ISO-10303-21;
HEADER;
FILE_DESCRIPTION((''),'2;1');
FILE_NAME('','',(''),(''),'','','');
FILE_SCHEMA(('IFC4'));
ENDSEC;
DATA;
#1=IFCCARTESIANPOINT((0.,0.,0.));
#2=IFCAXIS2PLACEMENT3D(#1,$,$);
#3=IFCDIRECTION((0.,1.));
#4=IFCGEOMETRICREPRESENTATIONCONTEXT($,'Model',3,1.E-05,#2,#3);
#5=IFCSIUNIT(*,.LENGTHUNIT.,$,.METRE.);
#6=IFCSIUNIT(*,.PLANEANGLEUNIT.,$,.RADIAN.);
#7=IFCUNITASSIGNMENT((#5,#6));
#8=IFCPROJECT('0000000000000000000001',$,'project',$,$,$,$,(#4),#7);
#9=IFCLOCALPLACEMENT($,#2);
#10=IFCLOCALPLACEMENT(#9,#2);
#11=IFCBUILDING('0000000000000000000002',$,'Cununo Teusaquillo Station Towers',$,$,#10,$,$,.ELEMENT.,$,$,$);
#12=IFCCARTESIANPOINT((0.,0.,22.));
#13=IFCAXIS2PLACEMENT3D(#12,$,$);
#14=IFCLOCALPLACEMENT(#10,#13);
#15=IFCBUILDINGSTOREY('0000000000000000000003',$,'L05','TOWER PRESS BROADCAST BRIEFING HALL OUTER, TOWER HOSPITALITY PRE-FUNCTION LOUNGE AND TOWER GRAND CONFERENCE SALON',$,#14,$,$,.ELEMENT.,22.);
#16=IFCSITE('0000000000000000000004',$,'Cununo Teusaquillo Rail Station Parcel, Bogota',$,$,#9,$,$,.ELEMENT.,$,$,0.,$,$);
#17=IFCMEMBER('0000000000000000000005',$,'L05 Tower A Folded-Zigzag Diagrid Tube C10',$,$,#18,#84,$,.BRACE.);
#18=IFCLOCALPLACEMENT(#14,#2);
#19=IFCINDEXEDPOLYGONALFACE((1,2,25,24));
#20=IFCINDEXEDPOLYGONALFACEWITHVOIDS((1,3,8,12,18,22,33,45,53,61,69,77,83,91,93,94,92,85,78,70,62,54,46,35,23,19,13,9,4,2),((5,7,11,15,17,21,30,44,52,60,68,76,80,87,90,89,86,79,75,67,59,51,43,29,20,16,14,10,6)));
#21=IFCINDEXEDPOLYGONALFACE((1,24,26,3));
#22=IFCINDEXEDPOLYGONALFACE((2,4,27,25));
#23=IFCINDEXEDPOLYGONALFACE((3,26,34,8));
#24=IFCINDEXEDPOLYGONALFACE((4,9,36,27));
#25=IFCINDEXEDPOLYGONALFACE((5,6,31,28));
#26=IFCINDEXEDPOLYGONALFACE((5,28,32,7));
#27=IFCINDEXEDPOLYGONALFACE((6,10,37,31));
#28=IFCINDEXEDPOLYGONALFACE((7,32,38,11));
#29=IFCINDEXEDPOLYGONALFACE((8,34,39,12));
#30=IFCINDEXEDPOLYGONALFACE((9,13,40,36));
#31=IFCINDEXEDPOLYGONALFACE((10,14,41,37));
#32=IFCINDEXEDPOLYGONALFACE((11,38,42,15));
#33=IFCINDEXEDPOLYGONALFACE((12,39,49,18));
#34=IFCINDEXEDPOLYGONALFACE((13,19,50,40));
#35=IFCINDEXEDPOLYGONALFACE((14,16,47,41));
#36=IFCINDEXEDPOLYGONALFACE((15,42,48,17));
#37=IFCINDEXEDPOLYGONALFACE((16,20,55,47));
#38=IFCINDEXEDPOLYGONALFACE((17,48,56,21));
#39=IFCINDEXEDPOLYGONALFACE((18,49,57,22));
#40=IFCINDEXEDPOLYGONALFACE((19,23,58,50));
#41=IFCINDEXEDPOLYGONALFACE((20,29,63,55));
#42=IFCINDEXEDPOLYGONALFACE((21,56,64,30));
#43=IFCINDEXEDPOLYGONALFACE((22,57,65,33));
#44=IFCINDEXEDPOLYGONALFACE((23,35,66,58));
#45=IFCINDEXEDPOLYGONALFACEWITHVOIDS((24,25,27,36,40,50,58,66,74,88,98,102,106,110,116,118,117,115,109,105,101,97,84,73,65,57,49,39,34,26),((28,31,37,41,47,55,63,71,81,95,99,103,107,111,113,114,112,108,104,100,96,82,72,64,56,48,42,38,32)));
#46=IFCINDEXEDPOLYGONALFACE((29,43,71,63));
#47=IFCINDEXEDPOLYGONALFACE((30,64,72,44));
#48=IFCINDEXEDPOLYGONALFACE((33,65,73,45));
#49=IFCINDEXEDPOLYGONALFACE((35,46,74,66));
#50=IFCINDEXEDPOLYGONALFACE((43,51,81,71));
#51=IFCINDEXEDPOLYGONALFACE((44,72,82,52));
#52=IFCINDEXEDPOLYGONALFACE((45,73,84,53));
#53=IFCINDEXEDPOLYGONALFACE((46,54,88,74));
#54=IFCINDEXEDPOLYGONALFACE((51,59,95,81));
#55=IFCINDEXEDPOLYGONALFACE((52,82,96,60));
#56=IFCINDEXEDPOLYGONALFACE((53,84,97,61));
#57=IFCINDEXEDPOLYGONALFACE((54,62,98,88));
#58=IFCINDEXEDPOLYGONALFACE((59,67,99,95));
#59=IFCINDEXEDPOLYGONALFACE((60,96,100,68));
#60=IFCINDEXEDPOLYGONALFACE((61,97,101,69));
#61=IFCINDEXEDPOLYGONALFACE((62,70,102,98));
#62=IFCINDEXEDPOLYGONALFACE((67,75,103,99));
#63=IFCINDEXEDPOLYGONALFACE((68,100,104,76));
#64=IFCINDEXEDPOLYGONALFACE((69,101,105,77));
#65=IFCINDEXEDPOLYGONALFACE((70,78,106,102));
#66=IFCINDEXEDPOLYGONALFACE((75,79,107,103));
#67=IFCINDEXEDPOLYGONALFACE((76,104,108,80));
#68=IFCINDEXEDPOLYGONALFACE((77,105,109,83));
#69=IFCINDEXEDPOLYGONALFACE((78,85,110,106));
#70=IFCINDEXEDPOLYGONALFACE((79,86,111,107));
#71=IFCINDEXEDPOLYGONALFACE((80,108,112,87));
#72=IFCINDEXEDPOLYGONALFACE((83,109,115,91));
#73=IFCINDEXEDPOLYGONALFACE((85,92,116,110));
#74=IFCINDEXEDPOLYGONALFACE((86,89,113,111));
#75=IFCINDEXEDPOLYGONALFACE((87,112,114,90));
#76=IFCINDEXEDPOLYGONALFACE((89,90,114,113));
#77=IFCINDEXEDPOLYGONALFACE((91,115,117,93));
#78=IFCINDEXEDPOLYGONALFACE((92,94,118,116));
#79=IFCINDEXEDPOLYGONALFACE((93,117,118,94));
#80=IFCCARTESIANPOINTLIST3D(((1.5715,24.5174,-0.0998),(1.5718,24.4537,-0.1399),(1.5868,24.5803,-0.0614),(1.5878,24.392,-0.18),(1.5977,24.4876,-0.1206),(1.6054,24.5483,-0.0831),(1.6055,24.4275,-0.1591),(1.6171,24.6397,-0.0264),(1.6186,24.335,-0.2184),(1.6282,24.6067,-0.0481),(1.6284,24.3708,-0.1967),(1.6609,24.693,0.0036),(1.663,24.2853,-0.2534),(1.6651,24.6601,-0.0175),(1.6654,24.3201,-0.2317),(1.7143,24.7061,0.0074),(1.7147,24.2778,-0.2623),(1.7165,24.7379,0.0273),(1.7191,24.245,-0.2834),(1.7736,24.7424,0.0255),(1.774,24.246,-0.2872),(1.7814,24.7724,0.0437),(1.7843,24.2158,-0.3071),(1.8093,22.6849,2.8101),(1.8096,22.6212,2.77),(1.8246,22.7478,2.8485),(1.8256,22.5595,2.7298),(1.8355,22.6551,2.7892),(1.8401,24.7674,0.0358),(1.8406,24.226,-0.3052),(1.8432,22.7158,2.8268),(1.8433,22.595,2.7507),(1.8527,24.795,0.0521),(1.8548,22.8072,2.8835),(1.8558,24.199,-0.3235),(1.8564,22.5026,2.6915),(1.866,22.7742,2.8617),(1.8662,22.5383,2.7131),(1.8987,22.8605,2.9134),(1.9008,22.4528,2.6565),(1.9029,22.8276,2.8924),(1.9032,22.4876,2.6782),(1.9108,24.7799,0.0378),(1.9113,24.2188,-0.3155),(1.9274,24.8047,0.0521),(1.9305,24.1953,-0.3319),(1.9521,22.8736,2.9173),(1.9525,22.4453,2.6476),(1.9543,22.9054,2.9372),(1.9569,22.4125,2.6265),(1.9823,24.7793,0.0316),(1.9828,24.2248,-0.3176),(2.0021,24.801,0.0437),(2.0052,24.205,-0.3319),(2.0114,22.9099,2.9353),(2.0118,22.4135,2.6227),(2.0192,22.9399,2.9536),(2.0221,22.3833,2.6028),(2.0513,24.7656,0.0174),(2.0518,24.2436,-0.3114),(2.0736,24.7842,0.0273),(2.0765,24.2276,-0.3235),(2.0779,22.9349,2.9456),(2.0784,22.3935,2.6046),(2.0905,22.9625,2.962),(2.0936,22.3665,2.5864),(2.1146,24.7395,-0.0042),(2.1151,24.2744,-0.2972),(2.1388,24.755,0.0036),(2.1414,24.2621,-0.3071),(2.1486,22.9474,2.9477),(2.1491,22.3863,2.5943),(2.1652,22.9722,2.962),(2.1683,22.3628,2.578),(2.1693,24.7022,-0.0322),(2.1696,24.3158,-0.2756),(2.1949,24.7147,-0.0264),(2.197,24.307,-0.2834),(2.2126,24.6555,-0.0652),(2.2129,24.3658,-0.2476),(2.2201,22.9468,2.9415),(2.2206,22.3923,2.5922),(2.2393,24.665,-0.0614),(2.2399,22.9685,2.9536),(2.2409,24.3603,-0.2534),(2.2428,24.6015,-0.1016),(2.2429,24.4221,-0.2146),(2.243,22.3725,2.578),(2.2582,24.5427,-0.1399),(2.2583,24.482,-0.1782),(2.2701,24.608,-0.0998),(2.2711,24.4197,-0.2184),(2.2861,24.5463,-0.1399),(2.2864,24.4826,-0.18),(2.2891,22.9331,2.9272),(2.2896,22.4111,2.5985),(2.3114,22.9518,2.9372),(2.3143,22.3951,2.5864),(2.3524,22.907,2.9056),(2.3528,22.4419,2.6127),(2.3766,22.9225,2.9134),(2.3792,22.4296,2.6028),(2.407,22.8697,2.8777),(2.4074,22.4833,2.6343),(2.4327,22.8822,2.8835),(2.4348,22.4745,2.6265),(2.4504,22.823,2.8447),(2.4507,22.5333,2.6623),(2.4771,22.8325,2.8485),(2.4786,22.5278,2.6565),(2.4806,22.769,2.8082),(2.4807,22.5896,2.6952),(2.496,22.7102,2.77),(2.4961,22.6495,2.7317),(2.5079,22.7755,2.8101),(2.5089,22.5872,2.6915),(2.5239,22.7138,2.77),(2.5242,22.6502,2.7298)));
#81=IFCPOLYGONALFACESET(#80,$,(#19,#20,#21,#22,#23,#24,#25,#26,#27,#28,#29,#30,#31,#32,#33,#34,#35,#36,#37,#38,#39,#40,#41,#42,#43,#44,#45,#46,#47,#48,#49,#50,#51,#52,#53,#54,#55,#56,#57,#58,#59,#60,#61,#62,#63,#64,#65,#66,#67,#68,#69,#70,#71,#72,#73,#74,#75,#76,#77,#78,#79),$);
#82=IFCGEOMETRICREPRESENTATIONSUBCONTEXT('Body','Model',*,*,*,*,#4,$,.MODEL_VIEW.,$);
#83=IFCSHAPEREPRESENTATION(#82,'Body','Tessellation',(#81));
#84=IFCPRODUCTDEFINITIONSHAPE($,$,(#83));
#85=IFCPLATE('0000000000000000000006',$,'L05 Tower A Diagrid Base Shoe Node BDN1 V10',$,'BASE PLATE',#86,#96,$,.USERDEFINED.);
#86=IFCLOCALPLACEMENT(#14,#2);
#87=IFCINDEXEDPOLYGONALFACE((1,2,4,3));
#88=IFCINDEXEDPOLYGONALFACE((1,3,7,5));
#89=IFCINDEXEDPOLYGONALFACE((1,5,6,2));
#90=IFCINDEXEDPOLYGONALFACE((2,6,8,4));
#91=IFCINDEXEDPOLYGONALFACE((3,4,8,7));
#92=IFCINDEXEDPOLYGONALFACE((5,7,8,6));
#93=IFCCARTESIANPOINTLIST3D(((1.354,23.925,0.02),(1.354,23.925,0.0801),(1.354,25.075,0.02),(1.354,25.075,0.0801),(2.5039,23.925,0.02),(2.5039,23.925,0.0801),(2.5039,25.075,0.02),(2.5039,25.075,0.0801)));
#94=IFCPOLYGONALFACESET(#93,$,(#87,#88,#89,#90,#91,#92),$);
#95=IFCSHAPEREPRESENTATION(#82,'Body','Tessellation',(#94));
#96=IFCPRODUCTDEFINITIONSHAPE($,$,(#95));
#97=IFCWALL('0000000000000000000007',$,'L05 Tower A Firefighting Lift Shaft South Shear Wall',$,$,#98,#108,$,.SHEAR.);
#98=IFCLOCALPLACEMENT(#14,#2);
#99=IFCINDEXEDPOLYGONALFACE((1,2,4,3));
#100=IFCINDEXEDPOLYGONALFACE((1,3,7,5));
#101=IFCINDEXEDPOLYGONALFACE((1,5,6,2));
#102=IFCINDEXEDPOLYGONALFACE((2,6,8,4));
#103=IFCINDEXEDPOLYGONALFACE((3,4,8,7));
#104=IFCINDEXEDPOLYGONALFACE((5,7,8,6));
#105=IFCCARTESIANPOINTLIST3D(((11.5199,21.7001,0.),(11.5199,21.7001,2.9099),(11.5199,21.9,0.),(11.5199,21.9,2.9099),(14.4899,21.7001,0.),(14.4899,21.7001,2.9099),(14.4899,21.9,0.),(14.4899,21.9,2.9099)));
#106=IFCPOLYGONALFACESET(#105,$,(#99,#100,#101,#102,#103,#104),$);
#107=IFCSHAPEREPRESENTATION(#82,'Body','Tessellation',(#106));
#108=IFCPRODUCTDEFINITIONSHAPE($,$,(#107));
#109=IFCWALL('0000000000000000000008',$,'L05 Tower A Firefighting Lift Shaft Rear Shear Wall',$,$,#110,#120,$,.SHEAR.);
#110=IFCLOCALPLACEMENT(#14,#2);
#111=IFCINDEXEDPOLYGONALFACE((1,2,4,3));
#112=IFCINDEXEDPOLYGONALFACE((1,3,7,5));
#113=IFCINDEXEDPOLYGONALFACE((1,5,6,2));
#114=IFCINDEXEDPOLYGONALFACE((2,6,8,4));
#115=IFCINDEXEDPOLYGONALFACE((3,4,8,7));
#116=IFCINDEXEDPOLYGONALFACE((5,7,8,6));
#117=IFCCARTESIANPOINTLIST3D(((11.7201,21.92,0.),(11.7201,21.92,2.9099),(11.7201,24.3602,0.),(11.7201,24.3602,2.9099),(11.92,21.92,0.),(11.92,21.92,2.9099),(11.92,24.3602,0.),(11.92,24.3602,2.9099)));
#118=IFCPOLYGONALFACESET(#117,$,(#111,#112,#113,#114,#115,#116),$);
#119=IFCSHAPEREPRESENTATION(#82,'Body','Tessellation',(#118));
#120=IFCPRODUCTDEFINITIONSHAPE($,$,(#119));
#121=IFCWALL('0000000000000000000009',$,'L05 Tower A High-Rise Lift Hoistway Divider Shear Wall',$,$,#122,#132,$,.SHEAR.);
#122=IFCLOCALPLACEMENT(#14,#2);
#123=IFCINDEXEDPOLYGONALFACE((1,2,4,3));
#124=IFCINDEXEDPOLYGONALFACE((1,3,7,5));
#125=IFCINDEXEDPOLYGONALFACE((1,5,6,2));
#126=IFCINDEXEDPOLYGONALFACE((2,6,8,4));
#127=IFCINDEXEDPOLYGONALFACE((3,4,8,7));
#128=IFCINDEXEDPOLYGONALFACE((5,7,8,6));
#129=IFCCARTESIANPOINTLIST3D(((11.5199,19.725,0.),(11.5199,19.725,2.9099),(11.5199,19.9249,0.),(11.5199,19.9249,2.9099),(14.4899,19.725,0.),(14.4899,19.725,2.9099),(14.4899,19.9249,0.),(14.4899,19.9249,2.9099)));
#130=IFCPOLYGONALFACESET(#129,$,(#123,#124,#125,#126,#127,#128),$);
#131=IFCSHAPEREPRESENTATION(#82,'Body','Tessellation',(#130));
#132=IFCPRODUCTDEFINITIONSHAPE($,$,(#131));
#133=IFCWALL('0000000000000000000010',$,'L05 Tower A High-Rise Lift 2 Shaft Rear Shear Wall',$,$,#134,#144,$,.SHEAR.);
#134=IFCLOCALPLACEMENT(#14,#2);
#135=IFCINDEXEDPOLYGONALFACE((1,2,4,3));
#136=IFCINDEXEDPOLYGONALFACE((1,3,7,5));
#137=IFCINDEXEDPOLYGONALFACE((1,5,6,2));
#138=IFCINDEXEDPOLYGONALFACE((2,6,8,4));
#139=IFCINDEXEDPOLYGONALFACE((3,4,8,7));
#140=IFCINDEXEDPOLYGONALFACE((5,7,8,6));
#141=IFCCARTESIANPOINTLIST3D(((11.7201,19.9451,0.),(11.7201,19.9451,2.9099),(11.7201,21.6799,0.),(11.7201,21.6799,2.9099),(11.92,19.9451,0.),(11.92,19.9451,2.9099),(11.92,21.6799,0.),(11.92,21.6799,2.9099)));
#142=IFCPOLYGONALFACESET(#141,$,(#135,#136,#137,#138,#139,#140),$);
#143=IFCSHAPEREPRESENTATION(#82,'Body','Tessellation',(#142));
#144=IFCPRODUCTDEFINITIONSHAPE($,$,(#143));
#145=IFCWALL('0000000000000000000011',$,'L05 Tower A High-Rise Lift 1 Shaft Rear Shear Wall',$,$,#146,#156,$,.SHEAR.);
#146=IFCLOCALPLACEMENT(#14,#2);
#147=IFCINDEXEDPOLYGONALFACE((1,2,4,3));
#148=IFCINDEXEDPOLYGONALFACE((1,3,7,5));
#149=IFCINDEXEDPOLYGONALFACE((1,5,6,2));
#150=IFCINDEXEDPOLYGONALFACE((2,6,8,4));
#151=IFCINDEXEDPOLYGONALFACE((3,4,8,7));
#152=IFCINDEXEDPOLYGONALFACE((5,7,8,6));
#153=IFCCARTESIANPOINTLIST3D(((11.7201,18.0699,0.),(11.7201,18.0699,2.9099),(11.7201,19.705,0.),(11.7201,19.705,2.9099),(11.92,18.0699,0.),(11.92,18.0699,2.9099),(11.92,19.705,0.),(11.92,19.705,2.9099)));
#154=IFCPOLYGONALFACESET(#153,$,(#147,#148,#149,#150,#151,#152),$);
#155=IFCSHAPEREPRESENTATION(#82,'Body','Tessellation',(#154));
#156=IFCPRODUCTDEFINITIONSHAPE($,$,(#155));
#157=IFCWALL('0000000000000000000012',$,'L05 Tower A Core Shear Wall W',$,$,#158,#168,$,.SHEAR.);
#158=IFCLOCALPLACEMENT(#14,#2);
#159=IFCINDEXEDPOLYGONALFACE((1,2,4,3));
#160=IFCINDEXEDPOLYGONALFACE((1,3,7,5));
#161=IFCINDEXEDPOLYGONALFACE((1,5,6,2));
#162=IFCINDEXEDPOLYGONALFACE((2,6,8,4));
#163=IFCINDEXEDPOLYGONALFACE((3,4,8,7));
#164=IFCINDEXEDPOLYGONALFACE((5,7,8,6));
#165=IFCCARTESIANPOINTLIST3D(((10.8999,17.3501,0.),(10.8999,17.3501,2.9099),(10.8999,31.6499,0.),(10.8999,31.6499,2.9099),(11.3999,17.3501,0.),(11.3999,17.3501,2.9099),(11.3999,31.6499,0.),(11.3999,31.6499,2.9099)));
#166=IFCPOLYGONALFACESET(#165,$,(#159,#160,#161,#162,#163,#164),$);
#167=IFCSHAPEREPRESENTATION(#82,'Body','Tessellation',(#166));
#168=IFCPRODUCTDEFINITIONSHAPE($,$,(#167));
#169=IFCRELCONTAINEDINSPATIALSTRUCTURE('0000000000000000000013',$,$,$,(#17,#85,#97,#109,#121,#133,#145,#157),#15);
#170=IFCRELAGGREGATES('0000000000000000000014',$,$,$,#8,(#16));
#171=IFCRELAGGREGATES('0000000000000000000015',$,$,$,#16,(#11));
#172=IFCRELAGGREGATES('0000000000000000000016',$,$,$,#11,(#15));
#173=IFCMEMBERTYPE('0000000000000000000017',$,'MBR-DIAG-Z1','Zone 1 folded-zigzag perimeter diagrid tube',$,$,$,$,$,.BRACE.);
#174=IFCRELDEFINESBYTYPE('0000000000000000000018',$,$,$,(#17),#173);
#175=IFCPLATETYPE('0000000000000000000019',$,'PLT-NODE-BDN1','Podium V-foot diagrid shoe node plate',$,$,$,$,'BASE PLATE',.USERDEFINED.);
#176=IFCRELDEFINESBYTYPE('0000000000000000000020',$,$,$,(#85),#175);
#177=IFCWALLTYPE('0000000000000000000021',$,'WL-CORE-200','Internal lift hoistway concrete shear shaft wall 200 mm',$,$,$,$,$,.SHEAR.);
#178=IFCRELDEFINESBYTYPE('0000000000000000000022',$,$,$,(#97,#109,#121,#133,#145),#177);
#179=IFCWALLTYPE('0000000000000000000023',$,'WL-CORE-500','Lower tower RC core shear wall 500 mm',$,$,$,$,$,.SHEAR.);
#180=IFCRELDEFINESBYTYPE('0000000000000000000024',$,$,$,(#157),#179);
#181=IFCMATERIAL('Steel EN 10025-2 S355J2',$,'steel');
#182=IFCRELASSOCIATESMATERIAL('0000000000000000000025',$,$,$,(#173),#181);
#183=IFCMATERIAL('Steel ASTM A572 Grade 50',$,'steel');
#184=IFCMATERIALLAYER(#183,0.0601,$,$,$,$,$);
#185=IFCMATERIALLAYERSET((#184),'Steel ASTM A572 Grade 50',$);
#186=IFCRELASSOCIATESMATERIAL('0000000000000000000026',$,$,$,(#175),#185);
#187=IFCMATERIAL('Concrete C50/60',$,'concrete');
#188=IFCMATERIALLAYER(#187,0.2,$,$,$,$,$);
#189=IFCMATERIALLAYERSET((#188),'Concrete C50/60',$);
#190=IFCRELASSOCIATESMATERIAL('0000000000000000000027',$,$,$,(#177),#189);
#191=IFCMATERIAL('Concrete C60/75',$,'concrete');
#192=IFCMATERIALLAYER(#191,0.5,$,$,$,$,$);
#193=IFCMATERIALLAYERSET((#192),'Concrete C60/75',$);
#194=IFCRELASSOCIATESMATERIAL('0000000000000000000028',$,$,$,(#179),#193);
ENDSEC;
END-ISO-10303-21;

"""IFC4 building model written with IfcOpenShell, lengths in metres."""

from ifc_helpers import new_model, si_unit, direction, frame, frame_2d, origin, origin_2d, place, context, subcontext, project, spatial, rectangle, hollow_circle, extrude, source, transform, mapped, material, layer, layer_set, material_profile, profile_set, type_object, element, save


model = new_model("IFC4")

# Units and contexts
model_context = context("Model", 3, precision=1e-05, world=origin(), true_north=direction((0.0, 1.0)))
body_context = subcontext(model_context, "Body", "Model", "MODEL_VIEW")
ifc_project = project(units=[si_unit("LENGTHUNIT", "METRE"), si_unit("PLANEANGLEUNIT", "RADIAN")], contexts=[model_context])

# Site, building, storey
site_placement = place(None, origin())
site = spatial("IfcSite", under=ifc_project, at=site_placement, Name="Cununo Teusaquillo Rail Station Parcel, Bogota", CompositionType="ELEMENT", RefElevation=0.0)
building_placement = place(site_placement, origin())
building = spatial("IfcBuilding", under=site, at=building_placement, Name="Cununo Teusaquillo Station Towers", CompositionType="ELEMENT")
storey_placement = place(building_placement, frame((0.0, 0.0, 22.0)))
storey = spatial("IfcBuildingStorey", under=building, at=storey_placement, Name="L05", Description="TOWER PRESS BROADCAST BRIEFING HALL OUTER, TOWER HOSPITALITY PRE-FUNCTION LOUNGE AND TOWER GRAND CONFERENCE SALON", CompositionType="ELEMENT", Elevation=22.0)

# Member
ifc_material_1 = material(Name="Steel EN 10025-2 S355J2", Category="steel")
ifc_material_profile_1 = material_profile(ifc_material_1, hollow_circle(Radius=0.3601, WallThickness=0.0281, at=origin_2d()), Name="CHS 720x28")
ifc_profile_set_1 = profile_set([ifc_material_profile_1], Name="Steel EN 10025-2 S355J2")
member_type = type_object("IfcMemberType", Name="MBR-DIAG-Z1", Description="Zone 1 folded-zigzag perimeter diagrid tube", PredefinedType="BRACE", material=ifc_profile_set_1)
member_placement = place(storey_placement, frame((1.929, 24.5, -0.1399), z_axis=(0.068984, -0.531617, 0.844171), x_axis=(0.991686, 0.128684, 0.0)))
element("IfcMember", 1, at=member_placement, inside=storey, type_object=member_type, Name="L05 Tower A Folded-Zigzag Diagrid Tube C10", PredefinedType="BRACE", context=body_context, shape_type="SweptSolid", body=[
    extrude(hollow_circle(Radius=0.3601, WallThickness=0.0281, at=origin_2d()), origin(), (0.0, 0.0, 1.0), 3.447),
])

# Plate
ifc_material_2 = material(Name="Steel ASTM A572 Grade 50", Category="steel")
ifc_layer_1 = layer(ifc_material_2, 0.0601)
ifc_layer_set_1 = layer_set([ifc_layer_1], Name="Steel ASTM A572 Grade 50")
plate_type = type_object("IfcPlateType", Name="PLT-NODE-BDN1", Description="Podium V-foot diagrid shoe node plate", ElementType="BASE PLATE", PredefinedType="USERDEFINED", material=ifc_layer_set_1)
shared_shape_1 = source(origin(), body_context, "Body", "SweptSolid", [
    extrude(rectangle(XDim=1.1499, YDim=1.1499, at=origin_2d()), origin(), (0.0, 0.0, 1.0), 0.0601),
])
plate_placement = place(storey_placement, frame((1.929, 24.5, 0.02), z_axis=(0.0, 0.0, 1.0), x_axis=(1.0, 0.0, 0.0)))
element("IfcPlate", 2, at=plate_placement, inside=storey, type_object=plate_type, Name="L05 Tower A Diagrid Base Shoe Node BDN1 V10", ObjectType="BASE PLATE", PredefinedType="USERDEFINED", context=body_context, shape_type="MappedRepresentation", body=[
    mapped(shared_shape_1, transform((0.0, 0.0, 0.0), x_axis=(1.0, 0.0, 0.0), y_axis=(0.0, 1.0, 0.0), z_axis=(0.0, 0.0, 1.0), scale=1.0)),
])

# Walls
ifc_material_3 = material(Name="Concrete C50/60", Category="concrete")
ifc_layer_2 = layer(ifc_material_3, 0.2)
ifc_layer_set_2 = layer_set([ifc_layer_2], Name="Concrete C50/60")
wall_type_1 = type_object("IfcWallType", Name="WL-CORE-200", Description="Internal lift hoistway concrete shear shaft wall 200 mm", PredefinedType="SHEAR", material=ifc_layer_set_2)
wall_1_placement = place(storey_placement, frame((11.52, 21.8, 0.0), z_axis=(0.0, 0.0, 1.0), x_axis=(1.0, 0.0, 0.0)))
element("IfcWall", 3, at=wall_1_placement, inside=storey, type_object=wall_type_1, Name="L05 Tower A Firefighting Lift Shaft South Shear Wall", PredefinedType="SHEAR", context=body_context, shape_type="SweptSolid", body=[
    extrude(rectangle(XDim=2.97, YDim=0.2, at=frame_2d((1.4849, 0.0))), origin(), (0.0, 0.0, 1.0), 2.9099),
])
wall_2_placement = place(storey_placement, frame((11.8201, 21.9199, 0.0), z_axis=(0.0, 0.0, 1.0), x_axis=(0.0, 1.0, 0.0)))
element("IfcWall", 4, at=wall_2_placement, inside=storey, type_object=wall_type_1, Name="L05 Tower A Firefighting Lift Shaft Rear Shear Wall", PredefinedType="SHEAR", context=body_context, shape_type="SweptSolid", body=[
    extrude(rectangle(XDim=2.4402, YDim=0.2, at=frame_2d((1.2202, 0.0))), origin(), (0.0, 0.0, 1.0), 2.9099),
])
wall_3_placement = place(storey_placement, frame((11.52, 19.825, 0.0), z_axis=(0.0, 0.0, 1.0), x_axis=(1.0, 0.0, 0.0)))
element("IfcWall", 5, at=wall_3_placement, inside=storey, type_object=wall_type_1, Name="L05 Tower A High-Rise Lift Hoistway Divider Shear Wall", PredefinedType="SHEAR", context=body_context, shape_type="SweptSolid", body=[
    extrude(rectangle(XDim=2.97, YDim=0.2, at=frame_2d((1.4849, 0.0))), origin(), (0.0, 0.0, 1.0), 2.9099),
])
wall_4_placement = place(storey_placement, frame((11.8201, 19.9451, 0.0), z_axis=(0.0, 0.0, 1.0), x_axis=(0.0, 1.0, 0.0)))
element("IfcWall", 6, at=wall_4_placement, inside=storey, type_object=wall_type_1, Name="L05 Tower A High-Rise Lift 2 Shaft Rear Shear Wall", PredefinedType="SHEAR", context=body_context, shape_type="SweptSolid", body=[
    extrude(rectangle(XDim=1.7349, YDim=0.2, at=frame_2d((0.8674, 0.0))), origin(), (0.0, 0.0, 1.0), 2.9099),
])
wall_5_placement = place(storey_placement, frame((11.8201, 18.0701, 0.0), z_axis=(0.0, 0.0, 1.0), x_axis=(0.0, 1.0, 0.0)))
element("IfcWall", 7, at=wall_5_placement, inside=storey, type_object=wall_type_1, Name="L05 Tower A High-Rise Lift 1 Shaft Rear Shear Wall", PredefinedType="SHEAR", context=body_context, shape_type="SweptSolid", body=[
    extrude(rectangle(XDim=1.635, YDim=0.2, at=frame_2d((0.8174, 0.0))), origin(), (0.0, 0.0, 1.0), 2.9099),
])
ifc_material_4 = material(Name="Concrete C60/75", Category="concrete")
ifc_layer_3 = layer(ifc_material_4, 0.5)
ifc_layer_set_3 = layer_set([ifc_layer_3], Name="Concrete C60/75")
wall_type_2 = type_object("IfcWallType", Name="WL-CORE-500", Description="Lower tower RC core shear wall 500 mm", PredefinedType="SHEAR", material=ifc_layer_set_3)
wall_6_placement = place(storey_placement, frame((11.1499, 17.3501, 0.0), z_axis=(0.0, 0.0, 1.0), x_axis=(0.0, 1.0, 0.0)))
element("IfcWall", 8, at=wall_6_placement, inside=storey, type_object=wall_type_2, Name="L05 Tower A Core Shear Wall W", PredefinedType="SHEAR", context=body_context, shape_type="SweptSolid", body=[
    extrude(rectangle(XDim=14.2998, YDim=0.5, at=frame_2d((7.1499, 0.0))), origin(), (0.0, 0.0, 1.0), 2.9099),
])

save(model, "model.ifc")
